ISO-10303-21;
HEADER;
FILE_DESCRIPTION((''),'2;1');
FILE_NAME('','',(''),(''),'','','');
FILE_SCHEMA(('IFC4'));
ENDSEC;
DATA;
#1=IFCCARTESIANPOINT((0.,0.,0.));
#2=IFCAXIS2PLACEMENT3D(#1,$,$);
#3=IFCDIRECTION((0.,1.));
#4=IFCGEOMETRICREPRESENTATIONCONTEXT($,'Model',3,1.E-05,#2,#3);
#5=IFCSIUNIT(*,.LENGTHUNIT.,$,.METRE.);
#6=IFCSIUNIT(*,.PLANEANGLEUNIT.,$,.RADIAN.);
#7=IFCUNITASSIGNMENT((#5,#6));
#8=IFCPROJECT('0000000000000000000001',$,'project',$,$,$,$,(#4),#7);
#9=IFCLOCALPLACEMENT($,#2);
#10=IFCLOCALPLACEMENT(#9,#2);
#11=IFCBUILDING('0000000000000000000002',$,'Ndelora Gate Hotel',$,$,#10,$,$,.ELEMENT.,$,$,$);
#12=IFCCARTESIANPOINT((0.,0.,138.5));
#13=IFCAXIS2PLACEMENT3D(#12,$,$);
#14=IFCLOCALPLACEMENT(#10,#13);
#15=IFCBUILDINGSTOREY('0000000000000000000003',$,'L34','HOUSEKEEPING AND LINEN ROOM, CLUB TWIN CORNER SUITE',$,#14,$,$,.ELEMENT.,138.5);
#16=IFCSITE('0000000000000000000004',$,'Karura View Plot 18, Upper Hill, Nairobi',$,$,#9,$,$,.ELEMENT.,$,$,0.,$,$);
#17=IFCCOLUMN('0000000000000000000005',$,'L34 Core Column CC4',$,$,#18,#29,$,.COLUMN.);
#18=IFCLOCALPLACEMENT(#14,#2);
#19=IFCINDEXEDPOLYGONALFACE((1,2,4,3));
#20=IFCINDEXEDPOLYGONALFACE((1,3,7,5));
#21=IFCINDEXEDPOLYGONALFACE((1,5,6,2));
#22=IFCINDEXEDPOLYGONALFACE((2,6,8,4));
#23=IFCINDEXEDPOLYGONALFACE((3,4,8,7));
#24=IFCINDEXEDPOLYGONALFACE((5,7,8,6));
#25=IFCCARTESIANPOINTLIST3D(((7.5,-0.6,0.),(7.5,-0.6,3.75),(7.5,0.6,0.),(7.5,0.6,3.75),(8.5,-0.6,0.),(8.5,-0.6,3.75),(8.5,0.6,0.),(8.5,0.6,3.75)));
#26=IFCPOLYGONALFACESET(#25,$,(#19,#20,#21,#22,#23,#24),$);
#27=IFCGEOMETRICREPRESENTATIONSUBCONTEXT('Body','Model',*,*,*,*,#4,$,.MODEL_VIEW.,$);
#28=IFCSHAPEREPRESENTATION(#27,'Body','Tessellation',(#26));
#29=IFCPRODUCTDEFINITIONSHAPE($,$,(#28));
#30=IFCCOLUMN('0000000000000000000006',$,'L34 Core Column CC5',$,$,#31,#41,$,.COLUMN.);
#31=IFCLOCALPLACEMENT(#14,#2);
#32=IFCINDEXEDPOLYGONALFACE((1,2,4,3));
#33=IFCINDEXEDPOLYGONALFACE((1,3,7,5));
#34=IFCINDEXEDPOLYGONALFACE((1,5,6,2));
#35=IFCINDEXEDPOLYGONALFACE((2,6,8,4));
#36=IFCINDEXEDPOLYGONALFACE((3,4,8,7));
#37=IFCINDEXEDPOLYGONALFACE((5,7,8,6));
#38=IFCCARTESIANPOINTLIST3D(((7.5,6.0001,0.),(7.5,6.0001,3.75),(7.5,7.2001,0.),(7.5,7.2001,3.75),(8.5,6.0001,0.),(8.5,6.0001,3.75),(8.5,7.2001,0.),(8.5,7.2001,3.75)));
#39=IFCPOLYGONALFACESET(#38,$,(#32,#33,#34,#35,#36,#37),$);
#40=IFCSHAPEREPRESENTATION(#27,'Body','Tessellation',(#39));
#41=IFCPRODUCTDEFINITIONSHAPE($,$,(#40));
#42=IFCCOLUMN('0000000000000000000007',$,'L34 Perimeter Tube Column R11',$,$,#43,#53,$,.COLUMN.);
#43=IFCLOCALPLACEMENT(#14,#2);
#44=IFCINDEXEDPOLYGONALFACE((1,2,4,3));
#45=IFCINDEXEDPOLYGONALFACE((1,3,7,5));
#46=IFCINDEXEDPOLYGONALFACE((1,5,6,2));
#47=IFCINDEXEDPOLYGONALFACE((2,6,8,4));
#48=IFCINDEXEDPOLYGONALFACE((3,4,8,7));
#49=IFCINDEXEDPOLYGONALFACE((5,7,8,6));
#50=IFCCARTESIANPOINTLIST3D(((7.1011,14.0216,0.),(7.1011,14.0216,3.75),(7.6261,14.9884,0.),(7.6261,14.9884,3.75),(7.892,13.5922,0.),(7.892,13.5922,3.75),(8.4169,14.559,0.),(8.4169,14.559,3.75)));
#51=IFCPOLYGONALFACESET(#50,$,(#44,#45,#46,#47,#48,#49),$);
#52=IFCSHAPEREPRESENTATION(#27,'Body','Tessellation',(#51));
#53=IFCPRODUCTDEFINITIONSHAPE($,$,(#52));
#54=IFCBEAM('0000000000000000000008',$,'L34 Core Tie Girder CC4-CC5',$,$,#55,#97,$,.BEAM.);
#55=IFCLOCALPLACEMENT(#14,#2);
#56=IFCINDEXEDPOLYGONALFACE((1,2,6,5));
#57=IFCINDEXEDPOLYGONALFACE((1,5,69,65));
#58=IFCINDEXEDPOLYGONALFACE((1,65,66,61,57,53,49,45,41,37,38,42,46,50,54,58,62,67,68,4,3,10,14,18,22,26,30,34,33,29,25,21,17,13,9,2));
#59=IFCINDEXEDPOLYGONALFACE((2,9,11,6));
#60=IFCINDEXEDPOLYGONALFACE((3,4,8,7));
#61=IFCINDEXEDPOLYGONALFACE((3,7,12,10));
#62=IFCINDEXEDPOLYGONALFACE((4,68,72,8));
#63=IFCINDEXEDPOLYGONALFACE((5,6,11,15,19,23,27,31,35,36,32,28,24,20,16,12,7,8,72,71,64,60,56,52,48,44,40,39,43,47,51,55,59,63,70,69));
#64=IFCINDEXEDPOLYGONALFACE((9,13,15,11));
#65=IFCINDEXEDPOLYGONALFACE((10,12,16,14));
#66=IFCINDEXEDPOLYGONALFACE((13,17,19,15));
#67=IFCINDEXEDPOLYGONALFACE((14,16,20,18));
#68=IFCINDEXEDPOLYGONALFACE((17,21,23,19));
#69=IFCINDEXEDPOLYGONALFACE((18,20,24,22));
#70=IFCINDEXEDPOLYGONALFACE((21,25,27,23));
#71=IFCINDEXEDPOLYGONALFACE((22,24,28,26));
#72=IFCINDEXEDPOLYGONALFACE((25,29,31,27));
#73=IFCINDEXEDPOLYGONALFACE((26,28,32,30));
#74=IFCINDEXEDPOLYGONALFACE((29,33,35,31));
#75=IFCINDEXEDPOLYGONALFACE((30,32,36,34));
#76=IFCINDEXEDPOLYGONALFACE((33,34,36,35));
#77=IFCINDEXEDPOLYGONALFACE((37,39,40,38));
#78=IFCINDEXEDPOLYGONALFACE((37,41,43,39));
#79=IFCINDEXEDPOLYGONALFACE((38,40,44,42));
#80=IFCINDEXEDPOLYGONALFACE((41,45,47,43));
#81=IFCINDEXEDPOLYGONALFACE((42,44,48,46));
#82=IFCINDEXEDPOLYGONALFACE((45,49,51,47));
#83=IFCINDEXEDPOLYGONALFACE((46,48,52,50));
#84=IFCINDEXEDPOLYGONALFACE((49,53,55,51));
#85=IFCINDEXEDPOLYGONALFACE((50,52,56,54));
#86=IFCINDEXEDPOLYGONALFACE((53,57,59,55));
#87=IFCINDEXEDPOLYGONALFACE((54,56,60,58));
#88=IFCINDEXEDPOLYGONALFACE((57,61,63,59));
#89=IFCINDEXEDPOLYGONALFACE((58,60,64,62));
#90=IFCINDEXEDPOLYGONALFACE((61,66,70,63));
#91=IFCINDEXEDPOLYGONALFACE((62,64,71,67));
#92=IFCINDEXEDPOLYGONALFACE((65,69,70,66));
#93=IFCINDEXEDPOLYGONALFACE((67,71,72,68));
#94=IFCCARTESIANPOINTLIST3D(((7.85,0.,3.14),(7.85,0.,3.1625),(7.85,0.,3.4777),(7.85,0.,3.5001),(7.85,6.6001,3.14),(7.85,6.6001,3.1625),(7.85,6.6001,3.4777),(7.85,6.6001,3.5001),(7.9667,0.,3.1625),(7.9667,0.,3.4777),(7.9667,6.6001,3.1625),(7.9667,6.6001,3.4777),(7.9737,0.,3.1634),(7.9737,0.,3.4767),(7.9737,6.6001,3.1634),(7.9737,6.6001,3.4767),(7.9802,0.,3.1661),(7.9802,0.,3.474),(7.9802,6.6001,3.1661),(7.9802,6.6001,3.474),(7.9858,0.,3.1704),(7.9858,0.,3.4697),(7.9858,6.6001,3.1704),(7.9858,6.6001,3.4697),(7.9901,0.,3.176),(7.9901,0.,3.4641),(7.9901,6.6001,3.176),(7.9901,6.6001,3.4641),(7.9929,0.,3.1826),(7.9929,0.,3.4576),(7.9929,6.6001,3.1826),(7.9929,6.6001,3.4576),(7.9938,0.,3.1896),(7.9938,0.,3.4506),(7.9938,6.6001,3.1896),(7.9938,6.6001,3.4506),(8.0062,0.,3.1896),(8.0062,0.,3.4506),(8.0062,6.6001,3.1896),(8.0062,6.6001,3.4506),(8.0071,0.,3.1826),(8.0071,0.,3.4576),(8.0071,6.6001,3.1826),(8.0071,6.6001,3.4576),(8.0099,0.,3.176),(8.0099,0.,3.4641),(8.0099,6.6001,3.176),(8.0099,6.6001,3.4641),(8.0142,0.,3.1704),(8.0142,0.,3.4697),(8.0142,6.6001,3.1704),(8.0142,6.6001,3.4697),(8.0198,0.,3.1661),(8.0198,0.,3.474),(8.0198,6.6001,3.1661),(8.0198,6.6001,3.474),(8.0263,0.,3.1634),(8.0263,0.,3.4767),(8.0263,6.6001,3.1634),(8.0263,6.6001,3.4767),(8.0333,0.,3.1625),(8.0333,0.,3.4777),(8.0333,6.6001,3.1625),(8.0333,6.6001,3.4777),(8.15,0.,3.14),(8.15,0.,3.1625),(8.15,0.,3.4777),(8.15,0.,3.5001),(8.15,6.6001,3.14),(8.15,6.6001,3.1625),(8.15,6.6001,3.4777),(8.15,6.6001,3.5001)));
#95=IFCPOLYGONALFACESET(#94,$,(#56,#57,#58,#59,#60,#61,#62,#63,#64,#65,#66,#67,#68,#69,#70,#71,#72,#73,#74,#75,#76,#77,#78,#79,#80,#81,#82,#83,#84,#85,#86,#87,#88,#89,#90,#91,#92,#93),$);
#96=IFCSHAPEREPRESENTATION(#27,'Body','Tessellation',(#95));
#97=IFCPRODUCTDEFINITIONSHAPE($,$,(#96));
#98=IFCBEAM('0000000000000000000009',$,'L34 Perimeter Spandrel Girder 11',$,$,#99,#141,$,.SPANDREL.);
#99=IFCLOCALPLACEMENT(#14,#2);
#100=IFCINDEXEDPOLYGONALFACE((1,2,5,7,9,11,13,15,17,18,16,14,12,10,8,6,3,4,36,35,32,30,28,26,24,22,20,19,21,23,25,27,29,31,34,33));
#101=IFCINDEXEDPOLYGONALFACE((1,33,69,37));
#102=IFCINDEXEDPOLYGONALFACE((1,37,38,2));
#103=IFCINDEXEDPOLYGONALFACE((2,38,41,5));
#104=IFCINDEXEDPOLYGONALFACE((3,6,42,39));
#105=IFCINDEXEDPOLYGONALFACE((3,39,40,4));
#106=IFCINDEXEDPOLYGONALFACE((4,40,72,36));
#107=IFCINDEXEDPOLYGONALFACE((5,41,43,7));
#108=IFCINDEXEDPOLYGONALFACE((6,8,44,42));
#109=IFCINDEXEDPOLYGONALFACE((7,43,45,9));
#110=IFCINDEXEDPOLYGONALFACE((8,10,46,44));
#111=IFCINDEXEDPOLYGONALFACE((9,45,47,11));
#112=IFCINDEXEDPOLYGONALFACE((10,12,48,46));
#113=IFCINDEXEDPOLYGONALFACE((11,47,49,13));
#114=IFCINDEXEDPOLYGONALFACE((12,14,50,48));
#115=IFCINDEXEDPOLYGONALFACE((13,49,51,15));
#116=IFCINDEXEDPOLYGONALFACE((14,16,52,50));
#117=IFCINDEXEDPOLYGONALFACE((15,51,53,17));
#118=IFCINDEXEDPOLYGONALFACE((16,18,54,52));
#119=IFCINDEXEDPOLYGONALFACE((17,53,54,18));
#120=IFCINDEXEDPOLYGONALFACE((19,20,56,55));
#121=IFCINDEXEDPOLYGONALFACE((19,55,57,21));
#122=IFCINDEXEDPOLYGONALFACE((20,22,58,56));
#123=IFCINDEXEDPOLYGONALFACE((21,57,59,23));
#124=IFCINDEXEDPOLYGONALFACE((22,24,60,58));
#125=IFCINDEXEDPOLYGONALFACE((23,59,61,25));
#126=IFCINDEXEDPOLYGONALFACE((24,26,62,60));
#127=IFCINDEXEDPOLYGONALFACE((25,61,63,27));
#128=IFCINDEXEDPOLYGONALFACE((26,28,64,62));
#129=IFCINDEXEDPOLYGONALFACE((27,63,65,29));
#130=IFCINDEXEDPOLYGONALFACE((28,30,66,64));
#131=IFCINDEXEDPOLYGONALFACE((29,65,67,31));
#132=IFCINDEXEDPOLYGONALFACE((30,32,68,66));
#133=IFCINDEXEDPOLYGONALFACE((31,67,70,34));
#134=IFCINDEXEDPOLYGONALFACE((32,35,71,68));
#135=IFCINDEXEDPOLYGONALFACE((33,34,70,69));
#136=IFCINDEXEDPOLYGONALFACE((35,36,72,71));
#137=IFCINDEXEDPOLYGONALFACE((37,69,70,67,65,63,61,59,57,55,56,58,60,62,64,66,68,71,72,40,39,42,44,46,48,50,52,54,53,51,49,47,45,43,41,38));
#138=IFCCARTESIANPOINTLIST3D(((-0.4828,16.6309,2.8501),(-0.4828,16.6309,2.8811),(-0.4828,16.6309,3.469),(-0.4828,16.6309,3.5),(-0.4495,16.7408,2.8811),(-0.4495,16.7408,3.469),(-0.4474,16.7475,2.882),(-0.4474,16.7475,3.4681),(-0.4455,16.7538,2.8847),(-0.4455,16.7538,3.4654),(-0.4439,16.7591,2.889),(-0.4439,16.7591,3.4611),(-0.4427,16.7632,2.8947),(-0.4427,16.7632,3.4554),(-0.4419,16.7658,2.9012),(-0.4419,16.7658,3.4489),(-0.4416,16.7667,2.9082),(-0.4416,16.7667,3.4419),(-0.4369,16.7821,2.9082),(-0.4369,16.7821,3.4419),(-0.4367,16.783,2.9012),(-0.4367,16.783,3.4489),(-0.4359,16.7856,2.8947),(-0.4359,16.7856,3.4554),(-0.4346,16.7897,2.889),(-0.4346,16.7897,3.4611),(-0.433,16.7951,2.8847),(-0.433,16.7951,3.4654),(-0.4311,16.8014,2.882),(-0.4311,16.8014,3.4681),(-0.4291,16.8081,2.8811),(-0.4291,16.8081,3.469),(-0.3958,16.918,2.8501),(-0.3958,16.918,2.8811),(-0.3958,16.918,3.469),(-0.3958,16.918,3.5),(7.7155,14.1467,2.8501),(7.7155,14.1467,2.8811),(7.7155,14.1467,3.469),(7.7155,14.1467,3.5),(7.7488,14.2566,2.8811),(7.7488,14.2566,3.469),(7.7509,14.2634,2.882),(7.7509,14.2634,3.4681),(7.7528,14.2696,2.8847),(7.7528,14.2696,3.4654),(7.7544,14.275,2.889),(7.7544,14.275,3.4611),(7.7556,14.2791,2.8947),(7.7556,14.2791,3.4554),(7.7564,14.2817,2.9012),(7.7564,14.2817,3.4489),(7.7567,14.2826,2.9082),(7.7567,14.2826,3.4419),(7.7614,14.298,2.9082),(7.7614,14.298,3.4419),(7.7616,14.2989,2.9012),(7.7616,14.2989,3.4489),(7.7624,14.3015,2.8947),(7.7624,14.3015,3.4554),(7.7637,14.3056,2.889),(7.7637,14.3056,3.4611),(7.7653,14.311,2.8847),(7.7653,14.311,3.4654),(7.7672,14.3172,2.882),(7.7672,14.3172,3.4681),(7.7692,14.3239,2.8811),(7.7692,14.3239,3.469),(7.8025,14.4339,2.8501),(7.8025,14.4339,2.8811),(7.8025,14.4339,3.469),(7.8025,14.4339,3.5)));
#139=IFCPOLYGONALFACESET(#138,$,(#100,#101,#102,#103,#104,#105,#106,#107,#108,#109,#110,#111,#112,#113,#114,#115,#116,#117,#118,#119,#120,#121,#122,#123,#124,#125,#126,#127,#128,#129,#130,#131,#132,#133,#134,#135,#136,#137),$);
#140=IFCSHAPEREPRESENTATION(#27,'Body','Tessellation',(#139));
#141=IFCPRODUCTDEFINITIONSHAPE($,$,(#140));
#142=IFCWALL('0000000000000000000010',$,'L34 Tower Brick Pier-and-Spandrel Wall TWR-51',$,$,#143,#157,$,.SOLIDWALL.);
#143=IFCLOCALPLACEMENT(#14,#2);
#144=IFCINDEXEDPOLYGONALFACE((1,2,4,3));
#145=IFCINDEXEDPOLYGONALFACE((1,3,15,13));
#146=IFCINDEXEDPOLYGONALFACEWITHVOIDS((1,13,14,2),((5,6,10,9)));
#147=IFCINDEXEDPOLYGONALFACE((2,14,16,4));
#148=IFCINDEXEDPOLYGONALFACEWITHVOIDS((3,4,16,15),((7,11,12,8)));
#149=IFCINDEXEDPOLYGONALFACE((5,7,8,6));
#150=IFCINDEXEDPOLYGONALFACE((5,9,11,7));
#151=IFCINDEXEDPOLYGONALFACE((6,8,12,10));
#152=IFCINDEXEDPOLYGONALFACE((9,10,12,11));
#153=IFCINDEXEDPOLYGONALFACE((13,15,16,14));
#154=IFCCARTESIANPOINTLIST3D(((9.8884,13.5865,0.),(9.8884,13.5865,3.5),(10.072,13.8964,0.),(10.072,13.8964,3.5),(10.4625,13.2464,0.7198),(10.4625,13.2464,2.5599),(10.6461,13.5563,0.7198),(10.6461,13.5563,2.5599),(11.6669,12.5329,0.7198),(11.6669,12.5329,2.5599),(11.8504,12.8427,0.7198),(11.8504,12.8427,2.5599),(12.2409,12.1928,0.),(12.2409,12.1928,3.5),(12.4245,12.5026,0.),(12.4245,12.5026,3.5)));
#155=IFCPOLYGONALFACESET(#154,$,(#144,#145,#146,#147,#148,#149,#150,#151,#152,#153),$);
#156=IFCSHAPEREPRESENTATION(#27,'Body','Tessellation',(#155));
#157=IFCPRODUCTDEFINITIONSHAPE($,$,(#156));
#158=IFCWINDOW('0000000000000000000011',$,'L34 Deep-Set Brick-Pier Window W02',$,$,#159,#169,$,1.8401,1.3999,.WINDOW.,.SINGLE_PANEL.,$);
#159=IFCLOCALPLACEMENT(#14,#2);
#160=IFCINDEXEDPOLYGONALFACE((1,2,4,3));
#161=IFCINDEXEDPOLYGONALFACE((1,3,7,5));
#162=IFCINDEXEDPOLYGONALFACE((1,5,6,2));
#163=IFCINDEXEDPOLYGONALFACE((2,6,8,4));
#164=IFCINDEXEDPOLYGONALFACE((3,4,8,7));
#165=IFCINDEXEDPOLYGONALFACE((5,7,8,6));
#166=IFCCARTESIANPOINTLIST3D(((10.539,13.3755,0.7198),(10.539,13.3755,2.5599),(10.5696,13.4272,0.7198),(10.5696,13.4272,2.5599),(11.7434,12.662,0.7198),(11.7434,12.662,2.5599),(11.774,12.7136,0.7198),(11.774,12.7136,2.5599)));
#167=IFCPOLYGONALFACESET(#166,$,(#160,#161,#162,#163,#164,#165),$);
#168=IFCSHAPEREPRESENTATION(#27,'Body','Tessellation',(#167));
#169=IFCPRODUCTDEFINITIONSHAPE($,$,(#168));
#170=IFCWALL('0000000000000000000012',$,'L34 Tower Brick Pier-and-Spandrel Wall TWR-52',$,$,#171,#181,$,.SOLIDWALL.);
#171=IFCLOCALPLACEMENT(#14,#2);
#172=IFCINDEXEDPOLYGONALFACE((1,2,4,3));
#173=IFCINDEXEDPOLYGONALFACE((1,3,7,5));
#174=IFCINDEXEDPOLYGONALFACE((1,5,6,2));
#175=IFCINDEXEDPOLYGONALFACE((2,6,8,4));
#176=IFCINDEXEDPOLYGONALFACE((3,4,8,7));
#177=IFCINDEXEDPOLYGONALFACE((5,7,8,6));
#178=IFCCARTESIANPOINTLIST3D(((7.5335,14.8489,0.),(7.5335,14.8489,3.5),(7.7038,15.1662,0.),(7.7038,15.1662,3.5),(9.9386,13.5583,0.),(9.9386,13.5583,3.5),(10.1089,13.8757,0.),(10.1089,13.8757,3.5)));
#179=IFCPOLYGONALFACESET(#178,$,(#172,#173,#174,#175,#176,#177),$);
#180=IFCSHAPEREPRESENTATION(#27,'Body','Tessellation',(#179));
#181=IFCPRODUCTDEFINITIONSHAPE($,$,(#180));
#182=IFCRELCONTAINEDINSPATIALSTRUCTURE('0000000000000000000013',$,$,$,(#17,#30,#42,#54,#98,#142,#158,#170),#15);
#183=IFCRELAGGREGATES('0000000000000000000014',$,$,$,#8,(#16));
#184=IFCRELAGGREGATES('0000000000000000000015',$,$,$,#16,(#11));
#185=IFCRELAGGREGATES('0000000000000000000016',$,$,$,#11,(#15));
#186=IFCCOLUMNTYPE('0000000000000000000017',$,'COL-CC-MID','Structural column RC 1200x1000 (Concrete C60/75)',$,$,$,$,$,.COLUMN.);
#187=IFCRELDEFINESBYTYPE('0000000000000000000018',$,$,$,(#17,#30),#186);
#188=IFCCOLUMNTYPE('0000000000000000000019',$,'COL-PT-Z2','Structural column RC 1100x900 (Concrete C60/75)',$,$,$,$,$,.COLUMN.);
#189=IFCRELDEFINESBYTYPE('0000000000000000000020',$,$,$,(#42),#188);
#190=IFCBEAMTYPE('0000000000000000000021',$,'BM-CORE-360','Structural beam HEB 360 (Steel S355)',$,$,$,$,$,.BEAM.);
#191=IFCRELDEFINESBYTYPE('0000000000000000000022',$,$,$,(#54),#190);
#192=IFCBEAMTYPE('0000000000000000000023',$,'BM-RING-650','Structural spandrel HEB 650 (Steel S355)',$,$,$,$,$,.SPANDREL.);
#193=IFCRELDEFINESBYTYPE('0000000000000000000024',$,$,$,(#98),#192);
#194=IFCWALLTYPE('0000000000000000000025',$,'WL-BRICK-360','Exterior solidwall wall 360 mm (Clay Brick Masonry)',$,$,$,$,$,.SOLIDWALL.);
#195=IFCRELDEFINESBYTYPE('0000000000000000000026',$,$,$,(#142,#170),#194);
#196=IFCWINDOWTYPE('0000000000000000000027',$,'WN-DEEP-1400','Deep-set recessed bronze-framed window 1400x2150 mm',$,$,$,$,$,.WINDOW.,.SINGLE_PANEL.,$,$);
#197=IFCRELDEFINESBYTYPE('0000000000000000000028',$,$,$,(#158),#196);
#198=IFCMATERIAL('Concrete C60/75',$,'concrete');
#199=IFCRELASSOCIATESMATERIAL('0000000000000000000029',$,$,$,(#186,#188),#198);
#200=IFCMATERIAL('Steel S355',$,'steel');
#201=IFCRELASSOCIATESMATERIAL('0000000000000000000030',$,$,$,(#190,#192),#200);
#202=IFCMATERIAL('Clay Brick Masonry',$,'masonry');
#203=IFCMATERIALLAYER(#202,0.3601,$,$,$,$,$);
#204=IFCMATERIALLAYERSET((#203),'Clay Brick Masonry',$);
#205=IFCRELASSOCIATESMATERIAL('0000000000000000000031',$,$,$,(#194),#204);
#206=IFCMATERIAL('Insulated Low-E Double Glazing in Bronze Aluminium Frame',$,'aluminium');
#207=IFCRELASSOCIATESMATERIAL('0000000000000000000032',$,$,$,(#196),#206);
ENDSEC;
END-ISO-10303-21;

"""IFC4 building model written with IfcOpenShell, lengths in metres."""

from ifc_helpers import new_model, si_unit, direction, frame, frame_2d, origin, origin_2d, place, context, subcontext, project, spatial, rectangle, i_section, extrude, material, layer, layer_set, material_profile, profile_set, type_object, element, fill, save


model = new_model("IFC4")

# Units and contexts
model_context = context("Model", 3, precision=1e-05, world=origin(), true_north=direction((0.0, 1.0)))
body_context = subcontext(model_context, "Body", "Model", "MODEL_VIEW")
ifc_project = project(units=[si_unit("LENGTHUNIT", "METRE"), si_unit("PLANEANGLEUNIT", "RADIAN")], contexts=[model_context])

# Site, building, storey
site_placement = place(None, origin())
site = spatial("IfcSite", under=ifc_project, at=site_placement, Name="Karura View Plot 18, Upper Hill, Nairobi", CompositionType="ELEMENT", RefElevation=0.0)
building_placement = place(site_placement, origin())
building = spatial("IfcBuilding", under=site, at=building_placement, Name="Ndelora Gate Hotel", CompositionType="ELEMENT")
storey_placement = place(building_placement, frame((0.0, 0.0, 138.5)))
storey = spatial("IfcBuildingStorey", under=building, at=storey_placement, Name="L34", Description="HOUSEKEEPING AND LINEN ROOM, CLUB TWIN CORNER SUITE", CompositionType="ELEMENT", Elevation=138.5)

# Columns
ifc_material_1 = material(Name="Concrete C60/75", Category="concrete")
ifc_material_profile_1 = material_profile(ifc_material_1, rectangle(XDim=1.0, YDim=1.2, at=origin_2d()), Name="RC 1200x1000")
ifc_profile_set_1 = profile_set([ifc_material_profile_1], Name="Concrete C60/75")
column_type_1 = type_object("IfcColumnType", Name="COL-CC-MID", Description="Structural column RC 1200x1000 (Concrete C60/75)", PredefinedType="COLUMN", material=ifc_profile_set_1)
for number, where, z_axis, x_axis, name in (
    (1, (8.0, 0.0, 0.0), (0.0, 0.0, 1.0), (1.0, 0.0, 0.0), "L34 Core Column CC4"),
    (2, (8.0, 6.6001, 0.0), (0.0, 0.0, 1.0), (1.0, 0.0, 0.0), "L34 Core Column CC5"),
):
    element("IfcColumn", number, at=place(storey_placement, frame(where, z_axis=z_axis, x_axis=x_axis)), inside=storey, type_object=column_type_1, Name=name, PredefinedType="COLUMN", context=body_context, shape_type="SweptSolid", body=[
        extrude(rectangle(XDim=1.0, YDim=1.2, at=origin_2d()), origin(), (0.0, 0.0, 1.0), 3.75),
    ])
ifc_material_profile_2 = material_profile(ifc_material_1, rectangle(XDim=0.8999, YDim=1.1001, at=origin_2d()), Name="RC 1100x900")
ifc_profile_set_2 = profile_set([ifc_material_profile_2], Name="Concrete C60/75")
column_type_2 = type_object("IfcColumnType", Name="COL-PT-Z2", Description="Structural column RC 1100x900 (Concrete C60/75)", PredefinedType="COLUMN", material=ifc_profile_set_2)
column_placement = place(storey_placement, frame((7.759, 14.2903, 0.0), z_axis=(0.0, 0.0, 1.0), x_axis=(-0.878817, 0.477159, 0.0)))
element("IfcColumn", 3, at=column_placement, inside=storey, type_object=column_type_2, Name="L34 Perimeter Tube Column R11", PredefinedType="COLUMN", context=body_context, shape_type="SweptSolid", body=[
    extrude(rectangle(XDim=0.8999, YDim=1.1001, at=origin_2d()), origin(), (0.0, 0.0, 1.0), 3.75),
])

# Beams
ifc_material_2 = material(Name="Steel S355", Category="steel")
ifc_material_profile_3 = material_profile(ifc_material_2, i_section(OverallWidth=0.3, OverallDepth=0.3601, WebThickness=0.0125, FlangeThickness=0.0225, FilletRadius=0.0271, at=origin_2d()), Name="HEB 360")
ifc_profile_set_3 = profile_set([ifc_material_profile_3], Name="Steel S355")
beam_type_1 = type_object("IfcBeamType", Name="BM-CORE-360", Description="Structural beam HEB 360 (Steel S355)", PredefinedType="BEAM", material=ifc_profile_set_3)
beam_1_placement = place(storey_placement, frame((8.0, 0.0, 3.3201), z_axis=(0.0, 1.0, 0.0), x_axis=(-1.0, 0.0, 0.0)))
element("IfcBeam", 4, at=beam_1_placement, inside=storey, type_object=beam_type_1, Name="L34 Core Tie Girder CC4-CC5", PredefinedType="BEAM", context=body_context, shape_type="SweptSolid", body=[
    extrude(i_section(OverallWidth=0.3, OverallDepth=0.3601, WebThickness=0.0125, FlangeThickness=0.0225, FilletRadius=0.0271, at=origin_2d()), origin(), (0.0, 0.0, 1.0), 6.6001),
])
ifc_material_profile_4 = material_profile(ifc_material_2, i_section(OverallWidth=0.3, OverallDepth=0.6499, WebThickness=0.0161, FlangeThickness=0.031, FilletRadius=0.0271, at=origin_2d()), Name="HEB 650")
ifc_profile_set_4 = profile_set([ifc_material_profile_4], Name="Steel S355")
beam_type_2 = type_object("IfcBeamType", Name="BM-RING-650", Description="Structural spandrel HEB 650 (Steel S355)", PredefinedType="SPANDREL", material=ifc_profile_set_4)
beam_2_placement = place(storey_placement, frame((7.759, 14.2903, 3.175), z_axis=(-0.95703, 0.289988, 0.0), x_axis=(-0.289988, -0.95703, 0.0)))
element("IfcBeam", 5, at=beam_2_placement, inside=storey, type_object=beam_type_2, Name="L34 Perimeter Spandrel Girder 11", PredefinedType="SPANDREL", context=body_context, shape_type="SweptSolid", body=[
    extrude(i_section(OverallWidth=0.3, OverallDepth=0.6499, WebThickness=0.0161, FlangeThickness=0.031, FilletRadius=0.0271, at=origin_2d()), origin(), (0.0, 0.0, 1.0), 8.5664),
])

# Wall, opening, window
ifc_material_3 = material(Name="Clay Brick Masonry", Category="masonry")
ifc_layer_1 = layer(ifc_material_3, 0.3601)
ifc_layer_set_1 = layer_set([ifc_layer_1], Name="Clay Brick Masonry")
wall_type_1 = type_object("IfcWallType", Name="WL-BRICK-360", Description="Exterior solidwall wall 360 mm (Clay Brick Masonry)", PredefinedType="SOLIDWALL", material=ifc_layer_set_1)
wall_1_placement = place(storey_placement, frame((9.9802, 13.7415, 0.0), z_axis=(0.0, 0.0, 1.0), x_axis=(0.860339, -0.509722, 0.0)))
wall_1 = element("IfcWall", 6, at=wall_1_placement, inside=storey, type_object=wall_type_1, Name="L34 Tower Brick Pier-and-Spandrel Wall TWR-51", PredefinedType="SOLIDWALL", context=body_context, shape_type="SweptSolid", body=[
    extrude(rectangle(XDim=2.7344, YDim=0.3601, at=frame_2d((1.3672, 0.0))), origin(), (0.0, 0.0, 1.0), 3.5),
])
opening_1_placement = place(wall_1_placement, frame((0.6672, 0.0, 0.72)))
opening_1 = element("IfcOpeningElement", 7, at=opening_1_placement, cuts=wall_1, PredefinedType="OPENING", context=body_context, shape_type="SweptSolid", body=[
    extrude(rectangle(XDim=1.3999, YDim=1.8401, at=frame_2d((0.7, 0.9199))), frame((0.0, 0.1899, 0.0), z_axis=(0.0, -1.0, 0.0), x_axis=(1.0, 0.0, 0.0)), (0.0, 0.0, 1.0), 0.3801),
])
ifc_material_4 = material(Name="Insulated Low-E Double Glazing in Bronze Aluminium Frame", Category="aluminium")
window_type = type_object("IfcWindowType", Name="WN-DEEP-1400", Description="Deep-set recessed bronze-framed window 1400x2150 mm", PartitioningType="SINGLE_PANEL", PredefinedType="WINDOW", material=ifc_material_4)
window_placement = place(opening_1_placement, origin())
window = element("IfcWindow", 8, at=window_placement, inside=storey, type_object=window_type, Name="L34 Deep-Set Brick-Pier Window W02", OverallHeight=1.8401, OverallWidth=1.3999, PartitioningType="SINGLE_PANEL", PredefinedType="WINDOW", context=body_context, shape_type="SweptSolid", body=[
    extrude(rectangle(XDim=1.3999, YDim=1.8401, at=frame_2d((0.7, 0.9199))), frame((0.0, 0.03, 0.0), z_axis=(0.0, -1.0, 0.0), x_axis=(1.0, 0.0, 0.0)), (0.0, 0.0, 1.0), 0.0601),
])
fill(opening_1, window)

# Wall
wall_2_placement = place(storey_placement, frame((7.6187, 15.0076, 0.0), z_axis=(0.0, 0.0, 1.0), x_axis=(0.881157, -0.472824, 0.0)))
element("IfcWall", 9, at=wall_2_placement, inside=storey, type_object=wall_type_1, Name="L34 Tower Brick Pier-and-Spandrel Wall TWR-52", PredefinedType="SOLIDWALL", context=body_context, shape_type="SweptSolid", body=[
    extrude(rectangle(XDim=2.7295, YDim=0.3601, at=frame_2d((1.3647, 0.0))), origin(), (0.0, 0.0, 1.0), 3.5),
])

save(model, "model.ifc")
